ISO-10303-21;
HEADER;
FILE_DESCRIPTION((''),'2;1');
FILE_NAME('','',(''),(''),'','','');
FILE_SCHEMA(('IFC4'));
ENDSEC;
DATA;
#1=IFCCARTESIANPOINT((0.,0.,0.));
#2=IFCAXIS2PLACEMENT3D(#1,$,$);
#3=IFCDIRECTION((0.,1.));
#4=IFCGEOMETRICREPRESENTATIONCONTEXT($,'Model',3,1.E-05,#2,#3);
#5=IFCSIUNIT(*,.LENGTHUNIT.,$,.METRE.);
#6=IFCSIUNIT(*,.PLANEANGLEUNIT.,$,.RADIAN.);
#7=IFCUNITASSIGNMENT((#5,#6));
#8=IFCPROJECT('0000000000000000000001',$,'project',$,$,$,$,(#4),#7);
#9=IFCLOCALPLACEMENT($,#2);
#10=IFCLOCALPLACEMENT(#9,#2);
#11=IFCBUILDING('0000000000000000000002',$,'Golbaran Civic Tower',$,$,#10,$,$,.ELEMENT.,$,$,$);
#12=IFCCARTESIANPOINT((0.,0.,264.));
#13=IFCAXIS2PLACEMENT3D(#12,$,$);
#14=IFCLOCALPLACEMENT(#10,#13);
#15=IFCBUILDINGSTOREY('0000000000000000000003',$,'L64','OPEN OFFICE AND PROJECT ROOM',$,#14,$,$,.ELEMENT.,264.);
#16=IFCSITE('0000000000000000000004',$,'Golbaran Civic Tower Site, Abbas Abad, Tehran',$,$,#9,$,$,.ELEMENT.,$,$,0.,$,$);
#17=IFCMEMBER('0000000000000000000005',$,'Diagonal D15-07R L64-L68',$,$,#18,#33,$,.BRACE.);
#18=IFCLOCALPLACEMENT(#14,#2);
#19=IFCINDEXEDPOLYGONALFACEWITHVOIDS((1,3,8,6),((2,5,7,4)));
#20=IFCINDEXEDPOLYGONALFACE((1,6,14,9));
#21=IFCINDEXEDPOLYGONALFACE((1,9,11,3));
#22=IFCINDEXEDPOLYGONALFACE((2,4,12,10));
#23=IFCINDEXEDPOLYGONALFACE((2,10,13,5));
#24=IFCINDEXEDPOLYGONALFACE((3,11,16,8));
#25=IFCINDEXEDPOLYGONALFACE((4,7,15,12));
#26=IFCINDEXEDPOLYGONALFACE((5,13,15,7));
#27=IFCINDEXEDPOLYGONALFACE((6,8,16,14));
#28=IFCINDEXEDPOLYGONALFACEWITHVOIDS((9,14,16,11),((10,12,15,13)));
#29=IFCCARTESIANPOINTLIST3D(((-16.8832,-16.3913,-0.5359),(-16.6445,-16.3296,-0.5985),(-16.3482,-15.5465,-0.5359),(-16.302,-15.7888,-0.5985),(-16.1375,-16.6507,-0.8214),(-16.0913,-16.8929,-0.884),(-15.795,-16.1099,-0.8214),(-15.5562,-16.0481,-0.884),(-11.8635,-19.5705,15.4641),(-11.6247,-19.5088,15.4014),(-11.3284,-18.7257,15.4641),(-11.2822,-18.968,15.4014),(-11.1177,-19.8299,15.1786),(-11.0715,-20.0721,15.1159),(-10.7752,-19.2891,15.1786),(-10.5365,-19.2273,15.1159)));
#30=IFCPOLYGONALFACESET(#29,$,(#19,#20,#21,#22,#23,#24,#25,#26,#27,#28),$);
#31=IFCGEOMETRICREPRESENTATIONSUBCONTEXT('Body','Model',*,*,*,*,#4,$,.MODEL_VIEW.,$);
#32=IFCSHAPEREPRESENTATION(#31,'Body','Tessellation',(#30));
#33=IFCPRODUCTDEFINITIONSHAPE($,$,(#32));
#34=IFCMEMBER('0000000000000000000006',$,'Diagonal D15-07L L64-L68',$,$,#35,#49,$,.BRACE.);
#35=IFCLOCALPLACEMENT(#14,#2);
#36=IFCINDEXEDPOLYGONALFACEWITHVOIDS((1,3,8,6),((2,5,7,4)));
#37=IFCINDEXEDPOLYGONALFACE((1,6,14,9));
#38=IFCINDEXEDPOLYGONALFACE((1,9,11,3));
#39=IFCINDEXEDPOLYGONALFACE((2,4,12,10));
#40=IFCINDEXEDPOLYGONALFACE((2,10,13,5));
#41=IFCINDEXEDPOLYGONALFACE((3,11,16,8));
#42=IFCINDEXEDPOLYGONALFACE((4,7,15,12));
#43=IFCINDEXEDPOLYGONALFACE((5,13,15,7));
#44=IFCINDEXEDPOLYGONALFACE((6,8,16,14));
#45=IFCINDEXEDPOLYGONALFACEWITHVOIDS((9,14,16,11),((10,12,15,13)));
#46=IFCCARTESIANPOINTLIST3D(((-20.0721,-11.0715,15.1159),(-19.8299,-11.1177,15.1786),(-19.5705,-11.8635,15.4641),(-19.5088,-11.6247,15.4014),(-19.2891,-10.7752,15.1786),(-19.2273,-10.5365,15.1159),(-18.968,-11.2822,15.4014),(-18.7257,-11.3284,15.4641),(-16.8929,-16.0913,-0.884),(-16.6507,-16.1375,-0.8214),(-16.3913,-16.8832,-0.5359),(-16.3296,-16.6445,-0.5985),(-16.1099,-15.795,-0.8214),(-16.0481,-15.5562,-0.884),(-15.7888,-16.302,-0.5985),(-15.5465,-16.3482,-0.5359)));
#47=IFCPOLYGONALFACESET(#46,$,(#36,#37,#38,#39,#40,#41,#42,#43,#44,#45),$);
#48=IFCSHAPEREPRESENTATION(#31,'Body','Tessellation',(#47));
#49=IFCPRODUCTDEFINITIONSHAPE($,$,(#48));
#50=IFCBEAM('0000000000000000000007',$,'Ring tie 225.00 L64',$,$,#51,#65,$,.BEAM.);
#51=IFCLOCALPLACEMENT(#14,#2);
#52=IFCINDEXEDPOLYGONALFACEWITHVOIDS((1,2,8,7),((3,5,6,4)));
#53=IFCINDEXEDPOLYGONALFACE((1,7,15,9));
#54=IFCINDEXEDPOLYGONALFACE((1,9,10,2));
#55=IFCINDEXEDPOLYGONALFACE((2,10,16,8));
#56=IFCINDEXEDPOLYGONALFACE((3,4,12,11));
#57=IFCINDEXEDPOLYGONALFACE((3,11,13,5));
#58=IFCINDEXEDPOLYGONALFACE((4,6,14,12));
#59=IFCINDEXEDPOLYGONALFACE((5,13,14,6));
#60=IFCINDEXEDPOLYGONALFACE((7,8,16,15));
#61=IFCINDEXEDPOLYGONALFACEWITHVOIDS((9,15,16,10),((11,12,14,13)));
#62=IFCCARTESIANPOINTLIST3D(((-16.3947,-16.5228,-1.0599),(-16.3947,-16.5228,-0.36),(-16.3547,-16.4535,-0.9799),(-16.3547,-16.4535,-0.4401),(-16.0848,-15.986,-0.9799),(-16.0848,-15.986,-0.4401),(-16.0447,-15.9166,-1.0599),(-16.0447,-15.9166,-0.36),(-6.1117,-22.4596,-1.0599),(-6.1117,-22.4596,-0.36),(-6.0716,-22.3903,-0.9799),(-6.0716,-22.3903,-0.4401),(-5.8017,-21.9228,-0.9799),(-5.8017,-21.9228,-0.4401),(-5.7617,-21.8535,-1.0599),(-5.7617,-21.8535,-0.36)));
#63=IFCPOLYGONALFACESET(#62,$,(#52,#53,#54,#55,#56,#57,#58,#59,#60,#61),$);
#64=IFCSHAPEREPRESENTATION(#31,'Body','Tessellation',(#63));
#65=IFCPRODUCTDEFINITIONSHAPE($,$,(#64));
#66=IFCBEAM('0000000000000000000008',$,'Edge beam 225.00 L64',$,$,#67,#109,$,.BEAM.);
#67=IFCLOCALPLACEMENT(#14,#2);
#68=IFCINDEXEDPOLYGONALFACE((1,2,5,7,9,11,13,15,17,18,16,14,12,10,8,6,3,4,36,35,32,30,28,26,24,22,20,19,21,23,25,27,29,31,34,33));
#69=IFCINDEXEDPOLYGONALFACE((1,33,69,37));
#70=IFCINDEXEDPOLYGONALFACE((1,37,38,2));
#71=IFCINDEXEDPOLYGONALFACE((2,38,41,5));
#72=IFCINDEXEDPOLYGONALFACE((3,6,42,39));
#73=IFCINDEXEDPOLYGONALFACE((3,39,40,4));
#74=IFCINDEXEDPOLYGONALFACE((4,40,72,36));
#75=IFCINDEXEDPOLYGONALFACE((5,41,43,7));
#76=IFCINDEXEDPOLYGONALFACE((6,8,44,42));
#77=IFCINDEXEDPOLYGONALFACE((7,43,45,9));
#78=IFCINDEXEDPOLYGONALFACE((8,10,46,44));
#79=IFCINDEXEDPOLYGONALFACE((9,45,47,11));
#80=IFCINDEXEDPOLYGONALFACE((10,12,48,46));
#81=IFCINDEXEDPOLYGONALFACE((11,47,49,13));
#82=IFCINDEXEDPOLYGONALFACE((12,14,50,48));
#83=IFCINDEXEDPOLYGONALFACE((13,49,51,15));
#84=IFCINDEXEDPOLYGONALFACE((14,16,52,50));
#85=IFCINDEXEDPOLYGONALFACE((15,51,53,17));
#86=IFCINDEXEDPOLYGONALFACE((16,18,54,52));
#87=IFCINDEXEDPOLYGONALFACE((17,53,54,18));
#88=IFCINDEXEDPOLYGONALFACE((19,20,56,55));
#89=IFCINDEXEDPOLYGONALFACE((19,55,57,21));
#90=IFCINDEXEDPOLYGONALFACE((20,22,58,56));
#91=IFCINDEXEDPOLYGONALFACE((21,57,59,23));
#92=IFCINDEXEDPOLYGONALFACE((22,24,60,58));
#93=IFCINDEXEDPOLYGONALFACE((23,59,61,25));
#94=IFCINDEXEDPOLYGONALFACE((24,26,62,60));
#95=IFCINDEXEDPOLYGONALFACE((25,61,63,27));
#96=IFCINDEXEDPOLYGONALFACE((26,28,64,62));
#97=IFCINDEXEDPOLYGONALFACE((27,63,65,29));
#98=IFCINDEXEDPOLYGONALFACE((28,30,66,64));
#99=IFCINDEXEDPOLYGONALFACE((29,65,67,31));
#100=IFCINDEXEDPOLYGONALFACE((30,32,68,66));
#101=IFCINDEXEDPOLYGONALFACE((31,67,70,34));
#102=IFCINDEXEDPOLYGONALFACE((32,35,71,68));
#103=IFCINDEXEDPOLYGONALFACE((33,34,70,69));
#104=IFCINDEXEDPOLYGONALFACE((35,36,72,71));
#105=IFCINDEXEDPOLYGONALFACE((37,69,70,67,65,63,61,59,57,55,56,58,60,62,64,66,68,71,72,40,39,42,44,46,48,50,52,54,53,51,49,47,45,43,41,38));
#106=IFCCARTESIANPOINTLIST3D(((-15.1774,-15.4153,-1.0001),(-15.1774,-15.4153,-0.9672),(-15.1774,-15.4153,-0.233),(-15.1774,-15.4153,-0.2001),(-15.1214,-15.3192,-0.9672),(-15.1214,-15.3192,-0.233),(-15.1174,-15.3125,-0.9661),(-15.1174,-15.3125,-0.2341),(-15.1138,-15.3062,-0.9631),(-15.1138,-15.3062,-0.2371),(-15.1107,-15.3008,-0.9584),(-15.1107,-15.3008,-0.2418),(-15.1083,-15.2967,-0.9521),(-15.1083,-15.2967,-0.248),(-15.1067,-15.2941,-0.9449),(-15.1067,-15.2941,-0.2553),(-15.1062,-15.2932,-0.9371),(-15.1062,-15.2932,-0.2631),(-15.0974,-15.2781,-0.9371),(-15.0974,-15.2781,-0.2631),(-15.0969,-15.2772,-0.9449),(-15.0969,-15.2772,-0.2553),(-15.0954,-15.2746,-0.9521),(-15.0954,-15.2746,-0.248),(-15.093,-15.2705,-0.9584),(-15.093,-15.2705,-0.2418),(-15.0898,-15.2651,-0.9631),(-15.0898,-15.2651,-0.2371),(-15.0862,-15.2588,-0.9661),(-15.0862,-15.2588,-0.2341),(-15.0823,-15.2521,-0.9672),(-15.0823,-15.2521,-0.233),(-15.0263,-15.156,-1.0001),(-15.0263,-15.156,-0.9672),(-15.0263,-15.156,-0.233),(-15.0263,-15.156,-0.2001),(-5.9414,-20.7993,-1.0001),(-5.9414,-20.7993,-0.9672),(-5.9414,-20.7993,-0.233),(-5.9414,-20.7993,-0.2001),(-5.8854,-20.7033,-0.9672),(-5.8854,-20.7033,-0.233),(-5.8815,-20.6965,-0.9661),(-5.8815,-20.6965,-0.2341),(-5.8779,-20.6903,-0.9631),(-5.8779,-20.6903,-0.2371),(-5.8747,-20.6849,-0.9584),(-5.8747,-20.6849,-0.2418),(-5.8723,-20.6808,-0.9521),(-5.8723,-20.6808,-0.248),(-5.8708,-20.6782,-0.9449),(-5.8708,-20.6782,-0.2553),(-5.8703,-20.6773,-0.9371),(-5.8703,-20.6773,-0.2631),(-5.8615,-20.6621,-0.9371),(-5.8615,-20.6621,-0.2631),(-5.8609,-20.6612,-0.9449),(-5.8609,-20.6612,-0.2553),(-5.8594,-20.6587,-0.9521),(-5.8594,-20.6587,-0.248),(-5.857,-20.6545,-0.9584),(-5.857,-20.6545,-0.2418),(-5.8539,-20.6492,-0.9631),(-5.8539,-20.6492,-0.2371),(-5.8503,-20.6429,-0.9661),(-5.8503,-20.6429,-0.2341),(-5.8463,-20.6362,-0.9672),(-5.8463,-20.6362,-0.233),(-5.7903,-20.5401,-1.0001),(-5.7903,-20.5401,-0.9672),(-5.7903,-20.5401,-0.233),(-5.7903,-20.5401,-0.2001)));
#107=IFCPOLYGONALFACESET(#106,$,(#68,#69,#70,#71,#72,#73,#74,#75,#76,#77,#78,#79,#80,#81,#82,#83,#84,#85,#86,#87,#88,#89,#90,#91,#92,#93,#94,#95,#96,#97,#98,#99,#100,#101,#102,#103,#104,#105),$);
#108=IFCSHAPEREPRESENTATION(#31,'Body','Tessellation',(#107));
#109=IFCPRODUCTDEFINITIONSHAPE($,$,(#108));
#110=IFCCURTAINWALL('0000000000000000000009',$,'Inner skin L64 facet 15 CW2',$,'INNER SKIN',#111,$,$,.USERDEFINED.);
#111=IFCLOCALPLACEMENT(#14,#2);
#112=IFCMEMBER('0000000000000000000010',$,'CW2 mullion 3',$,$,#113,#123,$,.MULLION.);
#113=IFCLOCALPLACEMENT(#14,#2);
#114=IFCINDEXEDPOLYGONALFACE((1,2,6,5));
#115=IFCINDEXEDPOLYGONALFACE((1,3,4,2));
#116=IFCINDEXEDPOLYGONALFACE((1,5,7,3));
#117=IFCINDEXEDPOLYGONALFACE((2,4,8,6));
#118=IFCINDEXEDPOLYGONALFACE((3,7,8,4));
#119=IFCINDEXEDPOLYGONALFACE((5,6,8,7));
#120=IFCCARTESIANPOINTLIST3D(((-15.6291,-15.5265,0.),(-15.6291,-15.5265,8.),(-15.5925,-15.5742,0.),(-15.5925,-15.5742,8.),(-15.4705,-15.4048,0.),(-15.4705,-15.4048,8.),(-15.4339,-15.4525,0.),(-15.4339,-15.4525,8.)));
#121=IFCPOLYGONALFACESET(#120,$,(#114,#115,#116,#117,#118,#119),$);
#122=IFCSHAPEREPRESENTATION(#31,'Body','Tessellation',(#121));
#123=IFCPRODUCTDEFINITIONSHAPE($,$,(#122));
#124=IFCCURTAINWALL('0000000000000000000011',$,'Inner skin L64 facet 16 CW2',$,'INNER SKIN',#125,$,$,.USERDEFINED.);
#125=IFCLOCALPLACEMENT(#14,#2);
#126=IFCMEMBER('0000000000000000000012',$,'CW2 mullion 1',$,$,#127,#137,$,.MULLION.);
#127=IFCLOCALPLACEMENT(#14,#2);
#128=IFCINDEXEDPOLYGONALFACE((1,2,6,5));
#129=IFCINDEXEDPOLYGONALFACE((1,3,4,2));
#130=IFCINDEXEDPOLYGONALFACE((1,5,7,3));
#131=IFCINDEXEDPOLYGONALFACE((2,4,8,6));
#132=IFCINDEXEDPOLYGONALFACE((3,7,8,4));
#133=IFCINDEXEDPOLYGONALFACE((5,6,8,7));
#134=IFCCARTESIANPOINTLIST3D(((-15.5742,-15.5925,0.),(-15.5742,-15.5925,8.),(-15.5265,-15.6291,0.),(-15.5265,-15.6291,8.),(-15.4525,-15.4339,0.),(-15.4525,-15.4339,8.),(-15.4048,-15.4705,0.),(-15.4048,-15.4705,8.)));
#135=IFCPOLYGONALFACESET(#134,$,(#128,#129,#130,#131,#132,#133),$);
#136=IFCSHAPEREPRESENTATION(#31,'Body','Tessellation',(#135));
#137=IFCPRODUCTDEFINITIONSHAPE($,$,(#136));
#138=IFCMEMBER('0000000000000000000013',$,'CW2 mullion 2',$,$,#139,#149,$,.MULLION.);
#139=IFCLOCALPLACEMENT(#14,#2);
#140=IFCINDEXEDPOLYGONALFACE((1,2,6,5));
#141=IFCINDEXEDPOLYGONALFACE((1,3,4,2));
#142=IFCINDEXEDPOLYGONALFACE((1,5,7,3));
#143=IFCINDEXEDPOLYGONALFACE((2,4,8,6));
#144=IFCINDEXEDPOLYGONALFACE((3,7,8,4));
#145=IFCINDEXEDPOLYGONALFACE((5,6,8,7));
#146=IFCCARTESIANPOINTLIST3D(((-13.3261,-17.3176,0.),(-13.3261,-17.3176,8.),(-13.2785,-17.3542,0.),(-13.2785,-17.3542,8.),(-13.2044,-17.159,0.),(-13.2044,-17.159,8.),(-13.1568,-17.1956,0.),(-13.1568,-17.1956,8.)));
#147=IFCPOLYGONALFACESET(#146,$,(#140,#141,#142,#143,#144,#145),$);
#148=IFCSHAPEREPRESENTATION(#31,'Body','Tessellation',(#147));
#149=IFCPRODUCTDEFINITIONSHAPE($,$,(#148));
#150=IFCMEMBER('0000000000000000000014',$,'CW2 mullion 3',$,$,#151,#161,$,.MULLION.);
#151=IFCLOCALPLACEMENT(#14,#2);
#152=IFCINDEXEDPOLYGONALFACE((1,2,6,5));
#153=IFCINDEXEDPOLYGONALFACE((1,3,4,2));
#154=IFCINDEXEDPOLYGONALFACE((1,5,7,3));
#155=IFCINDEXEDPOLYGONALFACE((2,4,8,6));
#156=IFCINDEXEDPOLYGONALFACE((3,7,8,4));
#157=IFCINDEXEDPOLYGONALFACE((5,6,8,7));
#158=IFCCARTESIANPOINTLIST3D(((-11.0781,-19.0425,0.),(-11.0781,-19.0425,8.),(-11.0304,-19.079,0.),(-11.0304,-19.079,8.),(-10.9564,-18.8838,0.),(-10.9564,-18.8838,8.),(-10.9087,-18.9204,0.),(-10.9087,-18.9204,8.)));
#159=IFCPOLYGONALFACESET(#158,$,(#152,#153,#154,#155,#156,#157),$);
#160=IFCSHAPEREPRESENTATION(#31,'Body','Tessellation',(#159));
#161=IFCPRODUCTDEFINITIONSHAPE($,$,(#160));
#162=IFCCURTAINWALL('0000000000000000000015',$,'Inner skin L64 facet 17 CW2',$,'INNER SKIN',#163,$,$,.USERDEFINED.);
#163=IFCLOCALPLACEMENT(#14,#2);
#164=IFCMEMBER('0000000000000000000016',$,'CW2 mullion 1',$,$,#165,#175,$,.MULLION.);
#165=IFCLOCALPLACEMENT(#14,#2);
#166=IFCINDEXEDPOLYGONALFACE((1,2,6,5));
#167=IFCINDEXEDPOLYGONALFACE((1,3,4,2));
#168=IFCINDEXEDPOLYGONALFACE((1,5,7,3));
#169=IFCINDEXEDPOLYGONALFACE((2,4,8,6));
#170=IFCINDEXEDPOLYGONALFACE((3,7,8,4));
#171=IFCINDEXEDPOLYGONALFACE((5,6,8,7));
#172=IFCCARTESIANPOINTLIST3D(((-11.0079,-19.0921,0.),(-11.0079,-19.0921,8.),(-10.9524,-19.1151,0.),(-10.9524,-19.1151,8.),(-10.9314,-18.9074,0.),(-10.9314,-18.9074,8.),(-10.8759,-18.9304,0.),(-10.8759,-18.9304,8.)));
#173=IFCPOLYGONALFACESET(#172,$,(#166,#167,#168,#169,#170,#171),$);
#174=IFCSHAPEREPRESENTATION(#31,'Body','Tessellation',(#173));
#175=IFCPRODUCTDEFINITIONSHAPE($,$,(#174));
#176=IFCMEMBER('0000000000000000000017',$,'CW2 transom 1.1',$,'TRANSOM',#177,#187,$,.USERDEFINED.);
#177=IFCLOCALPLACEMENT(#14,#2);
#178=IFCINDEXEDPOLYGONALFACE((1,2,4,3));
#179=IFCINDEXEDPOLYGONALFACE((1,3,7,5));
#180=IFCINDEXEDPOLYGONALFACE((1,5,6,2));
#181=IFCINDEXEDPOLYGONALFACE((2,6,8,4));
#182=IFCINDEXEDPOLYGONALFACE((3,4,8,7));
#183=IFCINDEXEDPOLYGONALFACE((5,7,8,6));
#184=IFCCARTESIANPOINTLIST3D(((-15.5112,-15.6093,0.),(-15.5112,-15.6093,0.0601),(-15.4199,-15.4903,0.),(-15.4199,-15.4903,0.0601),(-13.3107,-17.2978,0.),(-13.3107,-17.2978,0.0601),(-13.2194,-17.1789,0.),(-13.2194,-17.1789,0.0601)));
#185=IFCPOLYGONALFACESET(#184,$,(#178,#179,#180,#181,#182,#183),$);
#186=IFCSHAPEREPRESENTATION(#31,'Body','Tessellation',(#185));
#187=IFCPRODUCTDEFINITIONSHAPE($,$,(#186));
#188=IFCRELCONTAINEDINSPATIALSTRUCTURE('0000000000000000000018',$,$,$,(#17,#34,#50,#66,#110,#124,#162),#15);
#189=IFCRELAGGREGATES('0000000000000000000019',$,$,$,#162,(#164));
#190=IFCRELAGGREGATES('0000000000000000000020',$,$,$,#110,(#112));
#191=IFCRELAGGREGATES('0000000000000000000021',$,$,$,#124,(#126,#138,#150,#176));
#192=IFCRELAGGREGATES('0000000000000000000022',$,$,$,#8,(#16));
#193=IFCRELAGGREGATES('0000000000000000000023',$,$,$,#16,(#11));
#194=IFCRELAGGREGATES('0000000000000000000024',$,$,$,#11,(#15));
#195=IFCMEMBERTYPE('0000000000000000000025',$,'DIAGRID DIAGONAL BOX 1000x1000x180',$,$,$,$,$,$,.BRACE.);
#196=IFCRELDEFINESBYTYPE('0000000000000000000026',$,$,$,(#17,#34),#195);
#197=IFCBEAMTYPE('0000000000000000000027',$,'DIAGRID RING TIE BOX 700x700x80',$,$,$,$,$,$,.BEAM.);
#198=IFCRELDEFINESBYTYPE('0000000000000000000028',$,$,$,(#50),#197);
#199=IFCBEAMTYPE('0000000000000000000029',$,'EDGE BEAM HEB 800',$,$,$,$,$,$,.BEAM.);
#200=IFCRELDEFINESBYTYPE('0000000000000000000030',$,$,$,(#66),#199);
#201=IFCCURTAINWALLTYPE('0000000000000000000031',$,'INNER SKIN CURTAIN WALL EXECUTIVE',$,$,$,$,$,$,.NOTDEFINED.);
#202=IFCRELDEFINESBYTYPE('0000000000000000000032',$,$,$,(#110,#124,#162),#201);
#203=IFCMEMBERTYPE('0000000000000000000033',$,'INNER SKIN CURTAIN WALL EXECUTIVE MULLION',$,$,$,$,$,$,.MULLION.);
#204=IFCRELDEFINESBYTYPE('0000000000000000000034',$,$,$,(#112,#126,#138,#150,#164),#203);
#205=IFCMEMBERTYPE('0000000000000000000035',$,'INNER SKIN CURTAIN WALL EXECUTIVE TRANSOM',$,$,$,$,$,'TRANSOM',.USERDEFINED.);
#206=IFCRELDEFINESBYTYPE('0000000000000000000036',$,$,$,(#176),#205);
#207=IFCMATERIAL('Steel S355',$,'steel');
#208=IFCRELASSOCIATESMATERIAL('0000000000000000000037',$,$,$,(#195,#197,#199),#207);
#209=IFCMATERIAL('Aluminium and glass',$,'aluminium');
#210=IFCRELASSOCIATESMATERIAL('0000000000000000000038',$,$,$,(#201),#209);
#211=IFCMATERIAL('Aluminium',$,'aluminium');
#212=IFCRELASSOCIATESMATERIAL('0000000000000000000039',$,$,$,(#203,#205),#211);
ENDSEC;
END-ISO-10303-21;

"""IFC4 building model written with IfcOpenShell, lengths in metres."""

from ifc_helpers import new_model, si_unit, direction, frame, origin, origin_2d, place, context, subcontext, project, spatial, rectangle, hollow_rectangle, i_section, extrude, material, material_profile, profile_set, type_object, element, aggregate, save


model = new_model("IFC4")

# Units and contexts
model_context = context("Model", 3, precision=1e-05, world=origin(), true_north=direction((0.0, 1.0)))
body_context = subcontext(model_context, "Body", "Model", "MODEL_VIEW")
ifc_project = project(units=[si_unit("LENGTHUNIT", "METRE"), si_unit("PLANEANGLEUNIT", "RADIAN")], contexts=[model_context])

# Site, building, storey
site_placement = place(None, origin())
site = spatial("IfcSite", under=ifc_project, at=site_placement, Name="Golbaran Civic Tower Site, Abbas Abad, Tehran", CompositionType="ELEMENT", RefElevation=0.0)
building_placement = place(site_placement, origin())
building = spatial("IfcBuilding", under=site, at=building_placement, Name="Golbaran Civic Tower", CompositionType="ELEMENT")
storey_placement = place(building_placement, frame((0.0, 0.0, 264.0)))
storey = spatial("IfcBuildingStorey", under=building, at=storey_placement, Name="L64", Description="OPEN OFFICE AND PROJECT ROOM", CompositionType="ELEMENT", Elevation=264.0)

# Members
ifc_material_1 = material(Name="Steel S355", Category="steel")
ifc_material_profile_1 = material_profile(ifc_material_1, hollow_rectangle(XDim=1.0, YDim=1.0, WallThickness=0.1799, at=origin_2d()), Name="BOX 1000x1000x180")
ifc_profile_set_1 = profile_set([ifc_material_profile_1], Name="Steel S355")
member_type_1 = type_object("IfcMemberType", Name="DIAGRID DIAGONAL BOX 1000x1000x180", PredefinedType="BRACE", material=ifc_profile_set_1)
for number, where, z_axis, x_axis, name in (
    (1, (-16.2197, -16.2197, -0.71), (0.29411, -0.18627, 0.937445), (0.535053, 0.844818, 0.0), "Diagonal D15-07R L64-L68"),
    (2, (-16.2197, -16.2197, -0.71), (-0.18627, 0.29411, 0.937445), (-0.844818, -0.535053, 0.0), "Diagonal D15-07L L64-L68"),
):
    element("IfcMember", number, at=place(storey_placement, frame(where, z_axis=z_axis, x_axis=x_axis)), inside=storey, type_object=member_type_1, Name=name, PredefinedType="BRACE", context=body_context, shape_type="SweptSolid", body=[
        extrude(hollow_rectangle(XDim=1.0, YDim=1.0, WallThickness=0.1799, at=origin_2d()), origin(), (0.0, 0.0, 1.0), 17.0676),
    ])

# Beams
ifc_material_profile_2 = material_profile(ifc_material_1, hollow_rectangle(XDim=0.7, YDim=0.7, WallThickness=0.0801, at=origin_2d()), Name="BOX 700x700x80")
ifc_profile_set_2 = profile_set([ifc_material_profile_2], Name="Steel S355")
beam_type_1 = type_object("IfcBeamType", Name="DIAGRID RING TIE BOX 700x700x80", PredefinedType="BEAM", material=ifc_profile_set_2)
beam_1_placement = place(storey_placement, frame((-16.2197, -16.2197, -0.71), z_axis=(0.866029, -0.499994, 0.0), x_axis=(0.499994, 0.866029, 0.0)))
element("IfcBeam", 3, at=beam_1_placement, inside=storey, type_object=beam_type_1, Name="Ring tie 225.00 L64", PredefinedType="BEAM", context=body_context, shape_type="SweptSolid", body=[
    extrude(hollow_rectangle(XDim=0.7, YDim=0.7, WallThickness=0.0801, at=origin_2d()), origin(), (0.0, 0.0, 1.0), 11.8738),
])
ifc_material_profile_3 = material_profile(ifc_material_1, i_section(OverallWidth=0.3, OverallDepth=0.8, WebThickness=0.0176, FlangeThickness=0.033, FilletRadius=0.03, at=origin_2d()), Name="HEB 800")
ifc_profile_set_3 = profile_set([ifc_material_profile_3], Name="Steel S355")
beam_type_2 = type_object("IfcBeamType", Name="EDGE BEAM HEB 800", PredefinedType="BEAM", material=ifc_profile_set_3)
beam_2_placement = place(storey_placement, frame((-15.1018, -15.2856, -0.6001), z_axis=(0.863923, -0.503624, 0.0), x_axis=(0.503624, 0.863923, 0.0)))
element("IfcBeam", 4, at=beam_2_placement, inside=storey, type_object=beam_type_2, Name="Edge beam 225.00 L64", PredefinedType="BEAM", context=body_context, shape_type="SweptSolid", body=[
    extrude(i_section(OverallWidth=0.3, OverallDepth=0.8, WebThickness=0.0176, FlangeThickness=0.033, FilletRadius=0.03, at=origin_2d()), origin(), (0.0, 0.0, 1.0), 10.6907),
])

# Curtain wall, member
ifc_material_2 = material(Name="Aluminium and glass", Category="aluminium")
curtain_wall_type_1 = type_object("IfcCurtainWallType", Name="INNER SKIN CURTAIN WALL EXECUTIVE", PredefinedType="NOTDEFINED", material=ifc_material_2)
curtain_wall_1_placement = place(storey_placement, origin())
curtain_wall_1 = element("IfcCurtainWall", 5, at=curtain_wall_1_placement, inside=storey, type_object=curtain_wall_type_1, Name="Inner skin L64 facet 15 CW2", ObjectType="INNER SKIN", PredefinedType="USERDEFINED")
ifc_material_3 = material(Name="Aluminium", Category="aluminium")
ifc_material_profile_4 = material_profile(ifc_material_3, rectangle(XDim=0.2, YDim=0.0601, at=origin_2d()), Name="INNER SKIN CURTAIN WALL EXECUTIVE MULLION")
ifc_profile_set_4 = profile_set([ifc_material_profile_4], Name="Aluminium")
member_type_2 = type_object("IfcMemberType", Name="INNER SKIN CURTAIN WALL EXECUTIVE MULLION", PredefinedType="MULLION", material=ifc_profile_set_4)
member_1_placement = place(storey_placement, frame((-15.5315, -15.4895, 0.0), z_axis=(0.0, 0.0, 1.0), x_axis=(0.793353, 0.608761, 0.0)))
member_1 = element("IfcMember", 6, at=member_1_placement, type_object=member_type_2, Name="CW2 mullion 3", PredefinedType="MULLION", context=body_context, shape_type="SweptSolid", body=[
    extrude(rectangle(XDim=0.2, YDim=0.0601, at=origin_2d()), origin(), (0.0, 0.0, 1.0), 8.0),
])

# Curtain wall, members
curtain_wall_2_placement = place(storey_placement, origin())
curtain_wall_2 = element("IfcCurtainWall", 7, at=curtain_wall_2_placement, inside=storey, type_object=curtain_wall_type_1, Name="Inner skin L64 facet 16 CW2", ObjectType="INNER SKIN", PredefinedType="USERDEFINED")
member_2_placement = place(storey_placement, frame((-15.4895, -15.5315, 0.0), z_axis=(0.0, 0.0, 1.0), x_axis=(0.608761, 0.793353, 0.0)))
member_2 = element("IfcMember", 8, at=member_2_placement, type_object=member_type_2, Name="CW2 mullion 1", PredefinedType="MULLION", context=body_context, shape_type="SweptSolid", body=[
    extrude(rectangle(XDim=0.2, YDim=0.0601, at=origin_2d()), origin(), (0.0, 0.0, 1.0), 8.0),
])
member_3_placement = place(storey_placement, frame((-13.2415, -17.2566, 0.0), z_axis=(0.0, 0.0, 1.0), x_axis=(0.608761, 0.793353, 0.0)))
member_3 = element("IfcMember", 9, at=member_3_placement, type_object=member_type_2, Name="CW2 mullion 2", PredefinedType="MULLION", context=body_context, shape_type="SweptSolid", body=[
    extrude(rectangle(XDim=0.2, YDim=0.0601, at=origin_2d()), origin(), (0.0, 0.0, 1.0), 8.0),
])
member_4_placement = place(storey_placement, frame((-10.9934, -18.9814, 0.0), z_axis=(0.0, 0.0, 1.0), x_axis=(0.608761, 0.793353, 0.0)))
member_4 = element("IfcMember", 10, at=member_4_placement, type_object=member_type_2, Name="CW2 mullion 3", PredefinedType="MULLION", context=body_context, shape_type="SweptSolid", body=[
    extrude(rectangle(XDim=0.2, YDim=0.0601, at=origin_2d()), origin(), (0.0, 0.0, 1.0), 8.0),
])

# Curtain wall, member
curtain_wall_3_placement = place(storey_placement, origin())
curtain_wall_3 = element("IfcCurtainWall", 11, at=curtain_wall_3_placement, inside=storey, type_object=curtain_wall_type_1, Name="Inner skin L64 facet 17 CW2", ObjectType="INNER SKIN", PredefinedType="USERDEFINED")
member_5_placement = place(storey_placement, frame((-10.9419, -19.0112, 0.0), z_axis=(0.0, 0.0, 1.0), x_axis=(0.382683, 0.92388, 0.0)))
member_5 = element("IfcMember", 12, at=member_5_placement, type_object=member_type_2, Name="CW2 mullion 1", PredefinedType="MULLION", context=body_context, shape_type="SweptSolid", body=[
    extrude(rectangle(XDim=0.2, YDim=0.0601, at=origin_2d()), origin(), (0.0, 0.0, 1.0), 8.0),
])

# Member
ifc_material_profile_5 = material_profile(ifc_material_3, rectangle(XDim=0.1499, YDim=0.0601, at=origin_2d()), Name="INNER SKIN CURTAIN WALL EXECUTIVE TRANSOM")
ifc_profile_set_5 = profile_set([ifc_material_profile_5], Name="Aluminium")
member_type_3 = type_object("IfcMemberType", Name="INNER SKIN CURTAIN WALL EXECUTIVE TRANSOM", ElementType="TRANSOM", PredefinedType="USERDEFINED", material=ifc_profile_set_5)
member_6_placement = place(storey_placement, frame((-15.4656, -15.5498, 0.03), z_axis=(0.79335, -0.608766, 0.0), x_axis=(0.608766, 0.79335, 0.0)))
member_6 = element("IfcMember", 13, at=member_6_placement, type_object=member_type_3, Name="CW2 transom 1.1", ObjectType="TRANSOM", PredefinedType="USERDEFINED", context=body_context, shape_type="SweptSolid", body=[
    extrude(rectangle(XDim=0.1499, YDim=0.0601, at=origin_2d()), origin(), (0.0, 0.0, 1.0), 2.7737),
])
aggregate(curtain_wall_3, [member_5])

aggregate(curtain_wall_1, [member_1])
aggregate(curtain_wall_2, [member_2, member_3, member_4, member_6])

save(model, "model.ifc")
